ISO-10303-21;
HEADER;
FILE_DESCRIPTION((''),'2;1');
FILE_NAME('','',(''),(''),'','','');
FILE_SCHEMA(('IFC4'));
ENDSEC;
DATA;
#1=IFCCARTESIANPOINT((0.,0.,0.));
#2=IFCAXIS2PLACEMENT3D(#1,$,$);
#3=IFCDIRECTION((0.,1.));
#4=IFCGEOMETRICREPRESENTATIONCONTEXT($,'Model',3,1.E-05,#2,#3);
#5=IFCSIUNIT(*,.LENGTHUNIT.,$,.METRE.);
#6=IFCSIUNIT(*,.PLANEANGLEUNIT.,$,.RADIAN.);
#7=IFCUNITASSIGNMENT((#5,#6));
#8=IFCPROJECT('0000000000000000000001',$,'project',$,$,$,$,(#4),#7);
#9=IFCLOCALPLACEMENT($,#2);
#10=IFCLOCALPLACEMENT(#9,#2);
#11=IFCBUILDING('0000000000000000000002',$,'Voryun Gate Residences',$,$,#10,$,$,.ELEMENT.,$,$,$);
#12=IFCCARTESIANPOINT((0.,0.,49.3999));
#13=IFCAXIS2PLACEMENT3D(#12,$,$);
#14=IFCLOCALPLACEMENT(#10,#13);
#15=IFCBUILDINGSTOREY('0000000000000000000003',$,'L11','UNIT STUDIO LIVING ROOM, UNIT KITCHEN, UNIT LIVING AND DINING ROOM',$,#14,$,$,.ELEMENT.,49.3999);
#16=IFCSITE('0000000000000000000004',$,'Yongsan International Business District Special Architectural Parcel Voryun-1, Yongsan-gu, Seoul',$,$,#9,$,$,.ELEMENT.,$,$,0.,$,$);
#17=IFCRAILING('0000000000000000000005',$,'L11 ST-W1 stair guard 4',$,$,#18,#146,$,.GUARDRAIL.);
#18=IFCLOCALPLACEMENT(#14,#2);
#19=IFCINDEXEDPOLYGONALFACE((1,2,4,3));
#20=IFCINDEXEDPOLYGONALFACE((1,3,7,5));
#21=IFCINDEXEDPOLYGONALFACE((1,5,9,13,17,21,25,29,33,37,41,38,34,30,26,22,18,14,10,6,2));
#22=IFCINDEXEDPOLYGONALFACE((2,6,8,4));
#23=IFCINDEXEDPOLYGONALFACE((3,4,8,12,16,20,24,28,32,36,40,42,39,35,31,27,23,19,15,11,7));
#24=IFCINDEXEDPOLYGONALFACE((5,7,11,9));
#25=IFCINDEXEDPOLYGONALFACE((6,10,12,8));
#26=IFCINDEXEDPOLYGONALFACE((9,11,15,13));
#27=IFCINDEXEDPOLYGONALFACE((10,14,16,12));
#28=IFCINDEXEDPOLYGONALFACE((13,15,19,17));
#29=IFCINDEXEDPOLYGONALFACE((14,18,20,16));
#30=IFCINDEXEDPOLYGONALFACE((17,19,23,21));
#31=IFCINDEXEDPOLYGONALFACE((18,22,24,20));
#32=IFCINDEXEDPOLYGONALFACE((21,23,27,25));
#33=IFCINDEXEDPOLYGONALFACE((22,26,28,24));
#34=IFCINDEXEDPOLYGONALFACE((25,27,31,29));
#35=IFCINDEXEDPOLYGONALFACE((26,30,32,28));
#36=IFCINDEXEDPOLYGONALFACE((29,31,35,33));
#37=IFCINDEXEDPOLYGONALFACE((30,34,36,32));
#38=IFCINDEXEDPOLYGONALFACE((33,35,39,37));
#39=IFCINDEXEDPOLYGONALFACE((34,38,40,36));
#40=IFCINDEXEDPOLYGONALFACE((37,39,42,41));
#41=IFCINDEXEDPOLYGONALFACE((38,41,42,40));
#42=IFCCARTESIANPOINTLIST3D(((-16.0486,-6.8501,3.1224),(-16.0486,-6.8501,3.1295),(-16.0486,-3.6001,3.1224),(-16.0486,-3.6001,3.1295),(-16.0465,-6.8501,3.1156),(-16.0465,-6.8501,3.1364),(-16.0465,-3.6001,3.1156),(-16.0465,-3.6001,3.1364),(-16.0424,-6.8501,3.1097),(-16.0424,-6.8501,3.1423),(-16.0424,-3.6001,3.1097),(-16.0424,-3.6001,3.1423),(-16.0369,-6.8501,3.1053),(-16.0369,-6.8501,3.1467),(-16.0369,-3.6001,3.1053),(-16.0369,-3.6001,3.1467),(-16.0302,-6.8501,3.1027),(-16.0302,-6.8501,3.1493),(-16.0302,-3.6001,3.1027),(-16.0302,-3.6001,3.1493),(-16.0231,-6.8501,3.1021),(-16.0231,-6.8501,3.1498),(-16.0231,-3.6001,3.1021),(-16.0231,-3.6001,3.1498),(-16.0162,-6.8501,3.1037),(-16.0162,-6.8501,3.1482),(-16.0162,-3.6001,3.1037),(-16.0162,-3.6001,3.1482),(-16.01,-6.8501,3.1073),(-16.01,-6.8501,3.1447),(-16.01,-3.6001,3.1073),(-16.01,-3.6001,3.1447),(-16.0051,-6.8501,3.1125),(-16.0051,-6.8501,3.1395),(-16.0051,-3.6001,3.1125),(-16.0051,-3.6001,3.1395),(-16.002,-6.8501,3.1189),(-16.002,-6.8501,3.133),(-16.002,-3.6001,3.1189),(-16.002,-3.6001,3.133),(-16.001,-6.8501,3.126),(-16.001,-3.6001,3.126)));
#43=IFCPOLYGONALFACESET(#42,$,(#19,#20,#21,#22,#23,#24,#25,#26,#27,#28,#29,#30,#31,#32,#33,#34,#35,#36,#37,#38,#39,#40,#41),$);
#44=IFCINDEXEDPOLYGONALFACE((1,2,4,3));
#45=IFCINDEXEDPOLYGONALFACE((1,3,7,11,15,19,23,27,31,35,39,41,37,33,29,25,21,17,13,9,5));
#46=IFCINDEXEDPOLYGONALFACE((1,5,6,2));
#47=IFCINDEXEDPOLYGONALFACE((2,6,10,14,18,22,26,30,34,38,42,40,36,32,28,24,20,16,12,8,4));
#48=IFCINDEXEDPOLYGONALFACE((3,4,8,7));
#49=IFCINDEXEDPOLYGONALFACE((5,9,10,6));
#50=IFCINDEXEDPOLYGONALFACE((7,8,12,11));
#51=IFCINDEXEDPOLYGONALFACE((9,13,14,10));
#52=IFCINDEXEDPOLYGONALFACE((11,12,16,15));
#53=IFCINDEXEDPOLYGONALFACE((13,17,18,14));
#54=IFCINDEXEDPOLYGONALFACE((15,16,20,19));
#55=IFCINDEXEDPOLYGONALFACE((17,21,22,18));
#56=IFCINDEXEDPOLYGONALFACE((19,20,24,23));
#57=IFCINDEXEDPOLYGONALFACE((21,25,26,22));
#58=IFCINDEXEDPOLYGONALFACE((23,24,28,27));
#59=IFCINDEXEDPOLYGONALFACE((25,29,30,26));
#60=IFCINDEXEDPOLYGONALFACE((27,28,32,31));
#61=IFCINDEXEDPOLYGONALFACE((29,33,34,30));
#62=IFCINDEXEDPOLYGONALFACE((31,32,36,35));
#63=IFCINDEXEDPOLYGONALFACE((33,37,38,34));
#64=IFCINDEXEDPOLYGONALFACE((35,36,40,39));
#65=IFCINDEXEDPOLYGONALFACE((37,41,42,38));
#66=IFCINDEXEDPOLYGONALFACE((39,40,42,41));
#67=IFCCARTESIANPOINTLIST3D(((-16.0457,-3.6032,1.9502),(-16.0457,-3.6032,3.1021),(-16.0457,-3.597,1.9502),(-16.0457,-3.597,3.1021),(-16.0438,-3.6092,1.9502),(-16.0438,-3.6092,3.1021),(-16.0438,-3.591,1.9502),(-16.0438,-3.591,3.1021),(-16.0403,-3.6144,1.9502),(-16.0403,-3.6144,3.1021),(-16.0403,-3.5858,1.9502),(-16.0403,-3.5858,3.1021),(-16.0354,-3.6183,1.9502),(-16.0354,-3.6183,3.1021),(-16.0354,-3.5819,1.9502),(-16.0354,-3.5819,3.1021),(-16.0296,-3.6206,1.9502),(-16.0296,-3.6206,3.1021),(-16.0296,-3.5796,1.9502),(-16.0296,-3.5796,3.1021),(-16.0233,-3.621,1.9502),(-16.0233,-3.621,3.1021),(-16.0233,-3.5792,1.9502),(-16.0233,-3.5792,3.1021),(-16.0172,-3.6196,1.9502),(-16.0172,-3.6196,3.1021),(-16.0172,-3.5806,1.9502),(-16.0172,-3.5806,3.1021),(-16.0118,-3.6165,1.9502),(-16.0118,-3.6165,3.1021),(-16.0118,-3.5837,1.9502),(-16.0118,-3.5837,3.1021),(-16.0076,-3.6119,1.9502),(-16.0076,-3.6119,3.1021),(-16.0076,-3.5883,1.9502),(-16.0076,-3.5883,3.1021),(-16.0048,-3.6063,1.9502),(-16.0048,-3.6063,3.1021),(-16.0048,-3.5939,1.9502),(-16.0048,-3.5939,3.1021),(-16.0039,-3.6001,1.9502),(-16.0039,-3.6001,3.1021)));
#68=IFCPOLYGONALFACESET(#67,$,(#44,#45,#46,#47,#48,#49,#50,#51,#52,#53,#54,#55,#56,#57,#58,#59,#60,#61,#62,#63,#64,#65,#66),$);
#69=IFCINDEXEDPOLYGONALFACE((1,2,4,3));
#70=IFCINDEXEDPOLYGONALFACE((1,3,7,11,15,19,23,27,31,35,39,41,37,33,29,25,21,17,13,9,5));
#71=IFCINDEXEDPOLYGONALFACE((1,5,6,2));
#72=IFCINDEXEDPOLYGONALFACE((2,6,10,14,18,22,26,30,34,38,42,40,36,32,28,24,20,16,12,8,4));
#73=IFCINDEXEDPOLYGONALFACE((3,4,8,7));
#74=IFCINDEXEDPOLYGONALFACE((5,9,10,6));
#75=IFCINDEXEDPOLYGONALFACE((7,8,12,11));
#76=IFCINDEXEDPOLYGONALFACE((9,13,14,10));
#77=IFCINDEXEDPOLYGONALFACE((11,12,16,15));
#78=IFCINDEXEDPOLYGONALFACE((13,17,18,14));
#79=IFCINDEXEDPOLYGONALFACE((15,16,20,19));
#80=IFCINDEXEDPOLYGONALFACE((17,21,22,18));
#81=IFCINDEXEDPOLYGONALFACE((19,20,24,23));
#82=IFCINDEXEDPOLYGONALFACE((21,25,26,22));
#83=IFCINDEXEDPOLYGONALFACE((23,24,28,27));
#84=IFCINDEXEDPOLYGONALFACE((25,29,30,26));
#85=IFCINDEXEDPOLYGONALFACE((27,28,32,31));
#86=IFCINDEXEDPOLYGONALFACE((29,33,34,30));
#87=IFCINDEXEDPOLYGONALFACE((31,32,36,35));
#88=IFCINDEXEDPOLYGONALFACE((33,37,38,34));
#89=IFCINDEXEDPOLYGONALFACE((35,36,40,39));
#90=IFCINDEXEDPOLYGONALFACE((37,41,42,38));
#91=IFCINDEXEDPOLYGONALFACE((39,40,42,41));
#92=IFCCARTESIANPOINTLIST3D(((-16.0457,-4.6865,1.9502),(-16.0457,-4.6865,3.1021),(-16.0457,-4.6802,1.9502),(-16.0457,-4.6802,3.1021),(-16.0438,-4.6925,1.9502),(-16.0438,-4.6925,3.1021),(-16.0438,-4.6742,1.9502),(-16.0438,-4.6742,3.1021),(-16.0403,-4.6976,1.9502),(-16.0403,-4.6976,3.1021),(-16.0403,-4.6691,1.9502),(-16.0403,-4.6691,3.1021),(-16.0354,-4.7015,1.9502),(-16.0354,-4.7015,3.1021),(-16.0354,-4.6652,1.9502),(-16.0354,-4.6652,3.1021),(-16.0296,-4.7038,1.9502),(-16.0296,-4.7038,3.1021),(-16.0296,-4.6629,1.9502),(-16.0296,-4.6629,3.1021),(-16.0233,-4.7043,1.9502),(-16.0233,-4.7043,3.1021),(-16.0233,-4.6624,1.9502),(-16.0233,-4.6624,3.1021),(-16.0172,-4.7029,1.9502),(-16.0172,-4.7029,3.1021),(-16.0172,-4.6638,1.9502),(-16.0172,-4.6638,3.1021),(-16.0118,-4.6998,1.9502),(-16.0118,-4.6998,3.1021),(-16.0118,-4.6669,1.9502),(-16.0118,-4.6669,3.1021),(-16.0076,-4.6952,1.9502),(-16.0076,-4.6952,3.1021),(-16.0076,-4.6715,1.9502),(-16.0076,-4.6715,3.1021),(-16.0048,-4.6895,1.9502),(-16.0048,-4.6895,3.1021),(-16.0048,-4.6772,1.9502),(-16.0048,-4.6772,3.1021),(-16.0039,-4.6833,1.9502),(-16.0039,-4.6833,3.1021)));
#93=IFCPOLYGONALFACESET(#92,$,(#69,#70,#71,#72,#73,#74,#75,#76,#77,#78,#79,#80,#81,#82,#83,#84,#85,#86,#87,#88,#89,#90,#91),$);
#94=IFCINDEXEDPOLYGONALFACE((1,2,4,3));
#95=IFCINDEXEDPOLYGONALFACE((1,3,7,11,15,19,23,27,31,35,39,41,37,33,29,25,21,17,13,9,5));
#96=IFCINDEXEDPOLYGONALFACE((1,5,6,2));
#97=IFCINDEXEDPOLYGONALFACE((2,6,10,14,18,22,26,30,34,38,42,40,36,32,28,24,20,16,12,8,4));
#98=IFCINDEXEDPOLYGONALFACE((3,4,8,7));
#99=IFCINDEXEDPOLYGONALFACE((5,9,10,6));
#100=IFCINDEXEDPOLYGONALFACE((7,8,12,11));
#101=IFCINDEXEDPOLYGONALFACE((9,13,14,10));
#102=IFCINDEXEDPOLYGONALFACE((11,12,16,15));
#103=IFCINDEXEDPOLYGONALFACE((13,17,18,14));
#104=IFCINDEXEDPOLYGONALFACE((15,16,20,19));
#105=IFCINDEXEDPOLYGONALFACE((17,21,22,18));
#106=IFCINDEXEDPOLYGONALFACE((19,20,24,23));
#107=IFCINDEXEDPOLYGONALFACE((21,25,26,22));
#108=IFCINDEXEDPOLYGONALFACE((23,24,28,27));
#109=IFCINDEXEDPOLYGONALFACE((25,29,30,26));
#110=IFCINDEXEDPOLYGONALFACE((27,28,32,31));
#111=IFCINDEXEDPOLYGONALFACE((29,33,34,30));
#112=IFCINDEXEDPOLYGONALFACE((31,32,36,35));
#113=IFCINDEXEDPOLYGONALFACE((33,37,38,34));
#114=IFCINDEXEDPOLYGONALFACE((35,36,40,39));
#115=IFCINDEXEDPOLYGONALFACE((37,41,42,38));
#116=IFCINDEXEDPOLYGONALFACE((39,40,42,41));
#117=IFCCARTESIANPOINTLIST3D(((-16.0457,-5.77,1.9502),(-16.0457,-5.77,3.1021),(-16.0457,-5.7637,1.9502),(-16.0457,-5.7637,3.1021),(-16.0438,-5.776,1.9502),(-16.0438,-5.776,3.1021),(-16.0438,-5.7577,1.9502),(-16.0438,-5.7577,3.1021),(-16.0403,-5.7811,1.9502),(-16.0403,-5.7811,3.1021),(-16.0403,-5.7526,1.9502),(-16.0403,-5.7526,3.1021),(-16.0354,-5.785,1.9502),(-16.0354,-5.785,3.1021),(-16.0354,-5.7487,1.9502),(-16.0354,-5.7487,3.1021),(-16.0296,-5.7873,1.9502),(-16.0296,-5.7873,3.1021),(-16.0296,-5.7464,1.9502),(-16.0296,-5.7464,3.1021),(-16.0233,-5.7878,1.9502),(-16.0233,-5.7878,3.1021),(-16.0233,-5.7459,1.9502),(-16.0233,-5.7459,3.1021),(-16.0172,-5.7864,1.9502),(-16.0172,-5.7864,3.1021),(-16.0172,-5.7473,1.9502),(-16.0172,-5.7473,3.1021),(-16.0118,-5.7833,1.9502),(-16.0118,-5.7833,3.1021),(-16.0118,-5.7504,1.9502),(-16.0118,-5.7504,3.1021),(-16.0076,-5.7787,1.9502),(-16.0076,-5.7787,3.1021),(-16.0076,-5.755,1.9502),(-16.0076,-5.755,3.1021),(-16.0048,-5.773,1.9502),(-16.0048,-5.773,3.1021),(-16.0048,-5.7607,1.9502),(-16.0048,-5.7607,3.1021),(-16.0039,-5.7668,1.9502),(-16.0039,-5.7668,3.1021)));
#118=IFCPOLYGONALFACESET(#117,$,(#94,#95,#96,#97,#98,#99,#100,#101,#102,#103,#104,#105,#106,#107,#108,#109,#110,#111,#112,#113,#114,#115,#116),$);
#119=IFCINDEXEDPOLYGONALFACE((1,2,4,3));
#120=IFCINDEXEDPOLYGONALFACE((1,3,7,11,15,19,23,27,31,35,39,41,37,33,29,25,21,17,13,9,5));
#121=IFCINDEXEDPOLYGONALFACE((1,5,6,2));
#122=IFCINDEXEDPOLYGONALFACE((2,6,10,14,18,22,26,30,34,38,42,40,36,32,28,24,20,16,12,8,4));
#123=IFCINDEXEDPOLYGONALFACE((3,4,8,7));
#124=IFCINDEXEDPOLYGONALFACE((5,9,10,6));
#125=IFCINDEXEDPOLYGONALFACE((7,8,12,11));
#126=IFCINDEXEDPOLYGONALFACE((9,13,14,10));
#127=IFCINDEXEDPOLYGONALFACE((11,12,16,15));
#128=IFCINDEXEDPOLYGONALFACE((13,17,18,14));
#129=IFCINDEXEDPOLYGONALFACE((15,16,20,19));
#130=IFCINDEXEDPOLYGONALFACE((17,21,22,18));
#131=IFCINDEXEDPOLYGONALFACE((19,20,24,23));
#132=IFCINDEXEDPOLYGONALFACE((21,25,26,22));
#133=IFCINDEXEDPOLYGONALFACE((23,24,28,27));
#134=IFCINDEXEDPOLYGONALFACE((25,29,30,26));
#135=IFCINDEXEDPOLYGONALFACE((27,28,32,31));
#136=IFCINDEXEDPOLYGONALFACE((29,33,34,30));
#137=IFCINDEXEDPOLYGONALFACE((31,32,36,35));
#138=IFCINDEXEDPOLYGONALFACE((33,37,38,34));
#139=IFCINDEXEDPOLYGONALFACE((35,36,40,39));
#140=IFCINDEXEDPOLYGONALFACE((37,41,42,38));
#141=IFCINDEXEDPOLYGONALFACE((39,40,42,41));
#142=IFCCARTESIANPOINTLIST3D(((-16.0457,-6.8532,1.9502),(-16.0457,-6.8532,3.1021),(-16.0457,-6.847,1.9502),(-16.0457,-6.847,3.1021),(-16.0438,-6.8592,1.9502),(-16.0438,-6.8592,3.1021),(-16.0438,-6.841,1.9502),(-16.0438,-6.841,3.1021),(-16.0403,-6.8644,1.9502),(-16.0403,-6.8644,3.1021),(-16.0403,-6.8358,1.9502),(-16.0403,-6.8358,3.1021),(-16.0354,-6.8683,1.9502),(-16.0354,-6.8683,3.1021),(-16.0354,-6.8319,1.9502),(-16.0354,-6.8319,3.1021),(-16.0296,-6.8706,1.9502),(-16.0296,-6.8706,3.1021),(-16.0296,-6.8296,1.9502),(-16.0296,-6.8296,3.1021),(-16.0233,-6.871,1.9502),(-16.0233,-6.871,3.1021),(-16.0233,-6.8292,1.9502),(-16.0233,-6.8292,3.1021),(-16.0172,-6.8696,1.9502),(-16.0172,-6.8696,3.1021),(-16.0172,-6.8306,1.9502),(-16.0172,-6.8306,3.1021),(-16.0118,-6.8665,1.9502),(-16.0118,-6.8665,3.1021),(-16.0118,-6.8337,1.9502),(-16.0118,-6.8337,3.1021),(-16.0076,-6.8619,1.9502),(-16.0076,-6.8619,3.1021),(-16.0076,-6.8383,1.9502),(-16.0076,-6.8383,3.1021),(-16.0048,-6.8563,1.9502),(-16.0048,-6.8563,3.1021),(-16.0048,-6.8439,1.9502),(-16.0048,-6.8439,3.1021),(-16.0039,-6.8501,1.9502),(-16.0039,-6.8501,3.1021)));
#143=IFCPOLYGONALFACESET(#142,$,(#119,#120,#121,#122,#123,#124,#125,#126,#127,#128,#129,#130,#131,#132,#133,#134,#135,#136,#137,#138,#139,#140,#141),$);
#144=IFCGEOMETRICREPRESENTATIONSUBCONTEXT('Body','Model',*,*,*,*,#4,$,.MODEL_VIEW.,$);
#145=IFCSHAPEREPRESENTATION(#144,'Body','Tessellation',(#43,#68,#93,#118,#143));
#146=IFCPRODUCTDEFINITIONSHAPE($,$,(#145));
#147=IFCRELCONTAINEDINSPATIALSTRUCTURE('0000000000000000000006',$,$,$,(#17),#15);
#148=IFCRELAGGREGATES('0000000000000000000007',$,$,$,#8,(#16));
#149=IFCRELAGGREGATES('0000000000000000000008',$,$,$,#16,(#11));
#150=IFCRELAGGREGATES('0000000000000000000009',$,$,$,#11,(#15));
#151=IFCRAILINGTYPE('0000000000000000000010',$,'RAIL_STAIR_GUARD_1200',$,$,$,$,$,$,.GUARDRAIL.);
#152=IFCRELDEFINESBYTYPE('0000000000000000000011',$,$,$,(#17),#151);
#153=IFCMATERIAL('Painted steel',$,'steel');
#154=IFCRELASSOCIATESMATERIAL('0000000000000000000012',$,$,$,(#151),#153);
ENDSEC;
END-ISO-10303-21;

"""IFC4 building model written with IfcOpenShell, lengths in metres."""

from ifc_helpers import new_model, si_unit, direction, frame, origin, origin_2d, place, context, subcontext, project, spatial, circle, extrude, material, type_object, element, save


model = new_model("IFC4")

# Units and contexts
model_context = context("Model", 3, precision=1e-05, world=origin(), true_north=direction((0.0, 1.0)))
body_context = subcontext(model_context, "Body", "Model", "MODEL_VIEW")
ifc_project = project(units=[si_unit("LENGTHUNIT", "METRE"), si_unit("PLANEANGLEUNIT", "RADIAN")], contexts=[model_context])

# Site, building, storey
site_placement = place(None, origin())
site = spatial("IfcSite", under=ifc_project, at=site_placement, Name="Yongsan International Business District Special Architectural Parcel Voryun-1, Yongsan-gu, Seoul", CompositionType="ELEMENT", RefElevation=0.0)
building_placement = place(site_placement, origin())
building = spatial("IfcBuilding", under=site, at=building_placement, Name="Voryun Gate Residences", CompositionType="ELEMENT")
storey_placement = place(building_placement, frame((0.0, 0.0, 49.3999)))
storey = spatial("IfcBuildingStorey", under=building, at=storey_placement, Name="L11", Description="UNIT STUDIO LIVING ROOM, UNIT KITCHEN, UNIT LIVING AND DINING ROOM", CompositionType="ELEMENT", Elevation=49.3999)

# Railing
ifc_material_1 = material(Name="Painted steel", Category="steel")
railing_type_1 = type_object("IfcRailingType", Name="RAIL_STAIR_GUARD_1200", PredefinedType="GUARDRAIL", material=ifc_material_1)
for number, where, name in (
    (1, (-16.0249, -3.6001, 1.9502), "L11 ST-W1 stair guard 4"),
):
    element("IfcRailing", number, at=place(storey_placement, frame(where)), inside=storey, type_object=railing_type_1, Name=name, PredefinedType="GUARDRAIL", context=body_context, shape_type="SweptSolid", body=[
        extrude(circle(Radius=0.0239, at=origin_2d()), frame((0.0, 0.0, 1.1758), z_axis=(0.0, -1.0, 0.0), x_axis=(1.0, 0.0, 0.0)), (0.0, 0.0, 1.0), 3.25),
        extrude(circle(Radius=0.021, at=origin_2d()), origin(), (0.0, 0.0, 1.0), 1.1519),
        extrude(circle(Radius=0.021, at=origin_2d()), frame((0.0, -1.0833, 0.0)), (0.0, 0.0, 1.0), 1.1519),
        extrude(circle(Radius=0.021, at=origin_2d()), frame((0.0, -2.1667, 0.0)), (0.0, 0.0, 1.0), 1.1519),
        extrude(circle(Radius=0.021, at=origin_2d()), frame((0.0, -3.25, 0.0)), (0.0, 0.0, 1.0), 1.1519),
    ])

save(model, "model.ifc")
